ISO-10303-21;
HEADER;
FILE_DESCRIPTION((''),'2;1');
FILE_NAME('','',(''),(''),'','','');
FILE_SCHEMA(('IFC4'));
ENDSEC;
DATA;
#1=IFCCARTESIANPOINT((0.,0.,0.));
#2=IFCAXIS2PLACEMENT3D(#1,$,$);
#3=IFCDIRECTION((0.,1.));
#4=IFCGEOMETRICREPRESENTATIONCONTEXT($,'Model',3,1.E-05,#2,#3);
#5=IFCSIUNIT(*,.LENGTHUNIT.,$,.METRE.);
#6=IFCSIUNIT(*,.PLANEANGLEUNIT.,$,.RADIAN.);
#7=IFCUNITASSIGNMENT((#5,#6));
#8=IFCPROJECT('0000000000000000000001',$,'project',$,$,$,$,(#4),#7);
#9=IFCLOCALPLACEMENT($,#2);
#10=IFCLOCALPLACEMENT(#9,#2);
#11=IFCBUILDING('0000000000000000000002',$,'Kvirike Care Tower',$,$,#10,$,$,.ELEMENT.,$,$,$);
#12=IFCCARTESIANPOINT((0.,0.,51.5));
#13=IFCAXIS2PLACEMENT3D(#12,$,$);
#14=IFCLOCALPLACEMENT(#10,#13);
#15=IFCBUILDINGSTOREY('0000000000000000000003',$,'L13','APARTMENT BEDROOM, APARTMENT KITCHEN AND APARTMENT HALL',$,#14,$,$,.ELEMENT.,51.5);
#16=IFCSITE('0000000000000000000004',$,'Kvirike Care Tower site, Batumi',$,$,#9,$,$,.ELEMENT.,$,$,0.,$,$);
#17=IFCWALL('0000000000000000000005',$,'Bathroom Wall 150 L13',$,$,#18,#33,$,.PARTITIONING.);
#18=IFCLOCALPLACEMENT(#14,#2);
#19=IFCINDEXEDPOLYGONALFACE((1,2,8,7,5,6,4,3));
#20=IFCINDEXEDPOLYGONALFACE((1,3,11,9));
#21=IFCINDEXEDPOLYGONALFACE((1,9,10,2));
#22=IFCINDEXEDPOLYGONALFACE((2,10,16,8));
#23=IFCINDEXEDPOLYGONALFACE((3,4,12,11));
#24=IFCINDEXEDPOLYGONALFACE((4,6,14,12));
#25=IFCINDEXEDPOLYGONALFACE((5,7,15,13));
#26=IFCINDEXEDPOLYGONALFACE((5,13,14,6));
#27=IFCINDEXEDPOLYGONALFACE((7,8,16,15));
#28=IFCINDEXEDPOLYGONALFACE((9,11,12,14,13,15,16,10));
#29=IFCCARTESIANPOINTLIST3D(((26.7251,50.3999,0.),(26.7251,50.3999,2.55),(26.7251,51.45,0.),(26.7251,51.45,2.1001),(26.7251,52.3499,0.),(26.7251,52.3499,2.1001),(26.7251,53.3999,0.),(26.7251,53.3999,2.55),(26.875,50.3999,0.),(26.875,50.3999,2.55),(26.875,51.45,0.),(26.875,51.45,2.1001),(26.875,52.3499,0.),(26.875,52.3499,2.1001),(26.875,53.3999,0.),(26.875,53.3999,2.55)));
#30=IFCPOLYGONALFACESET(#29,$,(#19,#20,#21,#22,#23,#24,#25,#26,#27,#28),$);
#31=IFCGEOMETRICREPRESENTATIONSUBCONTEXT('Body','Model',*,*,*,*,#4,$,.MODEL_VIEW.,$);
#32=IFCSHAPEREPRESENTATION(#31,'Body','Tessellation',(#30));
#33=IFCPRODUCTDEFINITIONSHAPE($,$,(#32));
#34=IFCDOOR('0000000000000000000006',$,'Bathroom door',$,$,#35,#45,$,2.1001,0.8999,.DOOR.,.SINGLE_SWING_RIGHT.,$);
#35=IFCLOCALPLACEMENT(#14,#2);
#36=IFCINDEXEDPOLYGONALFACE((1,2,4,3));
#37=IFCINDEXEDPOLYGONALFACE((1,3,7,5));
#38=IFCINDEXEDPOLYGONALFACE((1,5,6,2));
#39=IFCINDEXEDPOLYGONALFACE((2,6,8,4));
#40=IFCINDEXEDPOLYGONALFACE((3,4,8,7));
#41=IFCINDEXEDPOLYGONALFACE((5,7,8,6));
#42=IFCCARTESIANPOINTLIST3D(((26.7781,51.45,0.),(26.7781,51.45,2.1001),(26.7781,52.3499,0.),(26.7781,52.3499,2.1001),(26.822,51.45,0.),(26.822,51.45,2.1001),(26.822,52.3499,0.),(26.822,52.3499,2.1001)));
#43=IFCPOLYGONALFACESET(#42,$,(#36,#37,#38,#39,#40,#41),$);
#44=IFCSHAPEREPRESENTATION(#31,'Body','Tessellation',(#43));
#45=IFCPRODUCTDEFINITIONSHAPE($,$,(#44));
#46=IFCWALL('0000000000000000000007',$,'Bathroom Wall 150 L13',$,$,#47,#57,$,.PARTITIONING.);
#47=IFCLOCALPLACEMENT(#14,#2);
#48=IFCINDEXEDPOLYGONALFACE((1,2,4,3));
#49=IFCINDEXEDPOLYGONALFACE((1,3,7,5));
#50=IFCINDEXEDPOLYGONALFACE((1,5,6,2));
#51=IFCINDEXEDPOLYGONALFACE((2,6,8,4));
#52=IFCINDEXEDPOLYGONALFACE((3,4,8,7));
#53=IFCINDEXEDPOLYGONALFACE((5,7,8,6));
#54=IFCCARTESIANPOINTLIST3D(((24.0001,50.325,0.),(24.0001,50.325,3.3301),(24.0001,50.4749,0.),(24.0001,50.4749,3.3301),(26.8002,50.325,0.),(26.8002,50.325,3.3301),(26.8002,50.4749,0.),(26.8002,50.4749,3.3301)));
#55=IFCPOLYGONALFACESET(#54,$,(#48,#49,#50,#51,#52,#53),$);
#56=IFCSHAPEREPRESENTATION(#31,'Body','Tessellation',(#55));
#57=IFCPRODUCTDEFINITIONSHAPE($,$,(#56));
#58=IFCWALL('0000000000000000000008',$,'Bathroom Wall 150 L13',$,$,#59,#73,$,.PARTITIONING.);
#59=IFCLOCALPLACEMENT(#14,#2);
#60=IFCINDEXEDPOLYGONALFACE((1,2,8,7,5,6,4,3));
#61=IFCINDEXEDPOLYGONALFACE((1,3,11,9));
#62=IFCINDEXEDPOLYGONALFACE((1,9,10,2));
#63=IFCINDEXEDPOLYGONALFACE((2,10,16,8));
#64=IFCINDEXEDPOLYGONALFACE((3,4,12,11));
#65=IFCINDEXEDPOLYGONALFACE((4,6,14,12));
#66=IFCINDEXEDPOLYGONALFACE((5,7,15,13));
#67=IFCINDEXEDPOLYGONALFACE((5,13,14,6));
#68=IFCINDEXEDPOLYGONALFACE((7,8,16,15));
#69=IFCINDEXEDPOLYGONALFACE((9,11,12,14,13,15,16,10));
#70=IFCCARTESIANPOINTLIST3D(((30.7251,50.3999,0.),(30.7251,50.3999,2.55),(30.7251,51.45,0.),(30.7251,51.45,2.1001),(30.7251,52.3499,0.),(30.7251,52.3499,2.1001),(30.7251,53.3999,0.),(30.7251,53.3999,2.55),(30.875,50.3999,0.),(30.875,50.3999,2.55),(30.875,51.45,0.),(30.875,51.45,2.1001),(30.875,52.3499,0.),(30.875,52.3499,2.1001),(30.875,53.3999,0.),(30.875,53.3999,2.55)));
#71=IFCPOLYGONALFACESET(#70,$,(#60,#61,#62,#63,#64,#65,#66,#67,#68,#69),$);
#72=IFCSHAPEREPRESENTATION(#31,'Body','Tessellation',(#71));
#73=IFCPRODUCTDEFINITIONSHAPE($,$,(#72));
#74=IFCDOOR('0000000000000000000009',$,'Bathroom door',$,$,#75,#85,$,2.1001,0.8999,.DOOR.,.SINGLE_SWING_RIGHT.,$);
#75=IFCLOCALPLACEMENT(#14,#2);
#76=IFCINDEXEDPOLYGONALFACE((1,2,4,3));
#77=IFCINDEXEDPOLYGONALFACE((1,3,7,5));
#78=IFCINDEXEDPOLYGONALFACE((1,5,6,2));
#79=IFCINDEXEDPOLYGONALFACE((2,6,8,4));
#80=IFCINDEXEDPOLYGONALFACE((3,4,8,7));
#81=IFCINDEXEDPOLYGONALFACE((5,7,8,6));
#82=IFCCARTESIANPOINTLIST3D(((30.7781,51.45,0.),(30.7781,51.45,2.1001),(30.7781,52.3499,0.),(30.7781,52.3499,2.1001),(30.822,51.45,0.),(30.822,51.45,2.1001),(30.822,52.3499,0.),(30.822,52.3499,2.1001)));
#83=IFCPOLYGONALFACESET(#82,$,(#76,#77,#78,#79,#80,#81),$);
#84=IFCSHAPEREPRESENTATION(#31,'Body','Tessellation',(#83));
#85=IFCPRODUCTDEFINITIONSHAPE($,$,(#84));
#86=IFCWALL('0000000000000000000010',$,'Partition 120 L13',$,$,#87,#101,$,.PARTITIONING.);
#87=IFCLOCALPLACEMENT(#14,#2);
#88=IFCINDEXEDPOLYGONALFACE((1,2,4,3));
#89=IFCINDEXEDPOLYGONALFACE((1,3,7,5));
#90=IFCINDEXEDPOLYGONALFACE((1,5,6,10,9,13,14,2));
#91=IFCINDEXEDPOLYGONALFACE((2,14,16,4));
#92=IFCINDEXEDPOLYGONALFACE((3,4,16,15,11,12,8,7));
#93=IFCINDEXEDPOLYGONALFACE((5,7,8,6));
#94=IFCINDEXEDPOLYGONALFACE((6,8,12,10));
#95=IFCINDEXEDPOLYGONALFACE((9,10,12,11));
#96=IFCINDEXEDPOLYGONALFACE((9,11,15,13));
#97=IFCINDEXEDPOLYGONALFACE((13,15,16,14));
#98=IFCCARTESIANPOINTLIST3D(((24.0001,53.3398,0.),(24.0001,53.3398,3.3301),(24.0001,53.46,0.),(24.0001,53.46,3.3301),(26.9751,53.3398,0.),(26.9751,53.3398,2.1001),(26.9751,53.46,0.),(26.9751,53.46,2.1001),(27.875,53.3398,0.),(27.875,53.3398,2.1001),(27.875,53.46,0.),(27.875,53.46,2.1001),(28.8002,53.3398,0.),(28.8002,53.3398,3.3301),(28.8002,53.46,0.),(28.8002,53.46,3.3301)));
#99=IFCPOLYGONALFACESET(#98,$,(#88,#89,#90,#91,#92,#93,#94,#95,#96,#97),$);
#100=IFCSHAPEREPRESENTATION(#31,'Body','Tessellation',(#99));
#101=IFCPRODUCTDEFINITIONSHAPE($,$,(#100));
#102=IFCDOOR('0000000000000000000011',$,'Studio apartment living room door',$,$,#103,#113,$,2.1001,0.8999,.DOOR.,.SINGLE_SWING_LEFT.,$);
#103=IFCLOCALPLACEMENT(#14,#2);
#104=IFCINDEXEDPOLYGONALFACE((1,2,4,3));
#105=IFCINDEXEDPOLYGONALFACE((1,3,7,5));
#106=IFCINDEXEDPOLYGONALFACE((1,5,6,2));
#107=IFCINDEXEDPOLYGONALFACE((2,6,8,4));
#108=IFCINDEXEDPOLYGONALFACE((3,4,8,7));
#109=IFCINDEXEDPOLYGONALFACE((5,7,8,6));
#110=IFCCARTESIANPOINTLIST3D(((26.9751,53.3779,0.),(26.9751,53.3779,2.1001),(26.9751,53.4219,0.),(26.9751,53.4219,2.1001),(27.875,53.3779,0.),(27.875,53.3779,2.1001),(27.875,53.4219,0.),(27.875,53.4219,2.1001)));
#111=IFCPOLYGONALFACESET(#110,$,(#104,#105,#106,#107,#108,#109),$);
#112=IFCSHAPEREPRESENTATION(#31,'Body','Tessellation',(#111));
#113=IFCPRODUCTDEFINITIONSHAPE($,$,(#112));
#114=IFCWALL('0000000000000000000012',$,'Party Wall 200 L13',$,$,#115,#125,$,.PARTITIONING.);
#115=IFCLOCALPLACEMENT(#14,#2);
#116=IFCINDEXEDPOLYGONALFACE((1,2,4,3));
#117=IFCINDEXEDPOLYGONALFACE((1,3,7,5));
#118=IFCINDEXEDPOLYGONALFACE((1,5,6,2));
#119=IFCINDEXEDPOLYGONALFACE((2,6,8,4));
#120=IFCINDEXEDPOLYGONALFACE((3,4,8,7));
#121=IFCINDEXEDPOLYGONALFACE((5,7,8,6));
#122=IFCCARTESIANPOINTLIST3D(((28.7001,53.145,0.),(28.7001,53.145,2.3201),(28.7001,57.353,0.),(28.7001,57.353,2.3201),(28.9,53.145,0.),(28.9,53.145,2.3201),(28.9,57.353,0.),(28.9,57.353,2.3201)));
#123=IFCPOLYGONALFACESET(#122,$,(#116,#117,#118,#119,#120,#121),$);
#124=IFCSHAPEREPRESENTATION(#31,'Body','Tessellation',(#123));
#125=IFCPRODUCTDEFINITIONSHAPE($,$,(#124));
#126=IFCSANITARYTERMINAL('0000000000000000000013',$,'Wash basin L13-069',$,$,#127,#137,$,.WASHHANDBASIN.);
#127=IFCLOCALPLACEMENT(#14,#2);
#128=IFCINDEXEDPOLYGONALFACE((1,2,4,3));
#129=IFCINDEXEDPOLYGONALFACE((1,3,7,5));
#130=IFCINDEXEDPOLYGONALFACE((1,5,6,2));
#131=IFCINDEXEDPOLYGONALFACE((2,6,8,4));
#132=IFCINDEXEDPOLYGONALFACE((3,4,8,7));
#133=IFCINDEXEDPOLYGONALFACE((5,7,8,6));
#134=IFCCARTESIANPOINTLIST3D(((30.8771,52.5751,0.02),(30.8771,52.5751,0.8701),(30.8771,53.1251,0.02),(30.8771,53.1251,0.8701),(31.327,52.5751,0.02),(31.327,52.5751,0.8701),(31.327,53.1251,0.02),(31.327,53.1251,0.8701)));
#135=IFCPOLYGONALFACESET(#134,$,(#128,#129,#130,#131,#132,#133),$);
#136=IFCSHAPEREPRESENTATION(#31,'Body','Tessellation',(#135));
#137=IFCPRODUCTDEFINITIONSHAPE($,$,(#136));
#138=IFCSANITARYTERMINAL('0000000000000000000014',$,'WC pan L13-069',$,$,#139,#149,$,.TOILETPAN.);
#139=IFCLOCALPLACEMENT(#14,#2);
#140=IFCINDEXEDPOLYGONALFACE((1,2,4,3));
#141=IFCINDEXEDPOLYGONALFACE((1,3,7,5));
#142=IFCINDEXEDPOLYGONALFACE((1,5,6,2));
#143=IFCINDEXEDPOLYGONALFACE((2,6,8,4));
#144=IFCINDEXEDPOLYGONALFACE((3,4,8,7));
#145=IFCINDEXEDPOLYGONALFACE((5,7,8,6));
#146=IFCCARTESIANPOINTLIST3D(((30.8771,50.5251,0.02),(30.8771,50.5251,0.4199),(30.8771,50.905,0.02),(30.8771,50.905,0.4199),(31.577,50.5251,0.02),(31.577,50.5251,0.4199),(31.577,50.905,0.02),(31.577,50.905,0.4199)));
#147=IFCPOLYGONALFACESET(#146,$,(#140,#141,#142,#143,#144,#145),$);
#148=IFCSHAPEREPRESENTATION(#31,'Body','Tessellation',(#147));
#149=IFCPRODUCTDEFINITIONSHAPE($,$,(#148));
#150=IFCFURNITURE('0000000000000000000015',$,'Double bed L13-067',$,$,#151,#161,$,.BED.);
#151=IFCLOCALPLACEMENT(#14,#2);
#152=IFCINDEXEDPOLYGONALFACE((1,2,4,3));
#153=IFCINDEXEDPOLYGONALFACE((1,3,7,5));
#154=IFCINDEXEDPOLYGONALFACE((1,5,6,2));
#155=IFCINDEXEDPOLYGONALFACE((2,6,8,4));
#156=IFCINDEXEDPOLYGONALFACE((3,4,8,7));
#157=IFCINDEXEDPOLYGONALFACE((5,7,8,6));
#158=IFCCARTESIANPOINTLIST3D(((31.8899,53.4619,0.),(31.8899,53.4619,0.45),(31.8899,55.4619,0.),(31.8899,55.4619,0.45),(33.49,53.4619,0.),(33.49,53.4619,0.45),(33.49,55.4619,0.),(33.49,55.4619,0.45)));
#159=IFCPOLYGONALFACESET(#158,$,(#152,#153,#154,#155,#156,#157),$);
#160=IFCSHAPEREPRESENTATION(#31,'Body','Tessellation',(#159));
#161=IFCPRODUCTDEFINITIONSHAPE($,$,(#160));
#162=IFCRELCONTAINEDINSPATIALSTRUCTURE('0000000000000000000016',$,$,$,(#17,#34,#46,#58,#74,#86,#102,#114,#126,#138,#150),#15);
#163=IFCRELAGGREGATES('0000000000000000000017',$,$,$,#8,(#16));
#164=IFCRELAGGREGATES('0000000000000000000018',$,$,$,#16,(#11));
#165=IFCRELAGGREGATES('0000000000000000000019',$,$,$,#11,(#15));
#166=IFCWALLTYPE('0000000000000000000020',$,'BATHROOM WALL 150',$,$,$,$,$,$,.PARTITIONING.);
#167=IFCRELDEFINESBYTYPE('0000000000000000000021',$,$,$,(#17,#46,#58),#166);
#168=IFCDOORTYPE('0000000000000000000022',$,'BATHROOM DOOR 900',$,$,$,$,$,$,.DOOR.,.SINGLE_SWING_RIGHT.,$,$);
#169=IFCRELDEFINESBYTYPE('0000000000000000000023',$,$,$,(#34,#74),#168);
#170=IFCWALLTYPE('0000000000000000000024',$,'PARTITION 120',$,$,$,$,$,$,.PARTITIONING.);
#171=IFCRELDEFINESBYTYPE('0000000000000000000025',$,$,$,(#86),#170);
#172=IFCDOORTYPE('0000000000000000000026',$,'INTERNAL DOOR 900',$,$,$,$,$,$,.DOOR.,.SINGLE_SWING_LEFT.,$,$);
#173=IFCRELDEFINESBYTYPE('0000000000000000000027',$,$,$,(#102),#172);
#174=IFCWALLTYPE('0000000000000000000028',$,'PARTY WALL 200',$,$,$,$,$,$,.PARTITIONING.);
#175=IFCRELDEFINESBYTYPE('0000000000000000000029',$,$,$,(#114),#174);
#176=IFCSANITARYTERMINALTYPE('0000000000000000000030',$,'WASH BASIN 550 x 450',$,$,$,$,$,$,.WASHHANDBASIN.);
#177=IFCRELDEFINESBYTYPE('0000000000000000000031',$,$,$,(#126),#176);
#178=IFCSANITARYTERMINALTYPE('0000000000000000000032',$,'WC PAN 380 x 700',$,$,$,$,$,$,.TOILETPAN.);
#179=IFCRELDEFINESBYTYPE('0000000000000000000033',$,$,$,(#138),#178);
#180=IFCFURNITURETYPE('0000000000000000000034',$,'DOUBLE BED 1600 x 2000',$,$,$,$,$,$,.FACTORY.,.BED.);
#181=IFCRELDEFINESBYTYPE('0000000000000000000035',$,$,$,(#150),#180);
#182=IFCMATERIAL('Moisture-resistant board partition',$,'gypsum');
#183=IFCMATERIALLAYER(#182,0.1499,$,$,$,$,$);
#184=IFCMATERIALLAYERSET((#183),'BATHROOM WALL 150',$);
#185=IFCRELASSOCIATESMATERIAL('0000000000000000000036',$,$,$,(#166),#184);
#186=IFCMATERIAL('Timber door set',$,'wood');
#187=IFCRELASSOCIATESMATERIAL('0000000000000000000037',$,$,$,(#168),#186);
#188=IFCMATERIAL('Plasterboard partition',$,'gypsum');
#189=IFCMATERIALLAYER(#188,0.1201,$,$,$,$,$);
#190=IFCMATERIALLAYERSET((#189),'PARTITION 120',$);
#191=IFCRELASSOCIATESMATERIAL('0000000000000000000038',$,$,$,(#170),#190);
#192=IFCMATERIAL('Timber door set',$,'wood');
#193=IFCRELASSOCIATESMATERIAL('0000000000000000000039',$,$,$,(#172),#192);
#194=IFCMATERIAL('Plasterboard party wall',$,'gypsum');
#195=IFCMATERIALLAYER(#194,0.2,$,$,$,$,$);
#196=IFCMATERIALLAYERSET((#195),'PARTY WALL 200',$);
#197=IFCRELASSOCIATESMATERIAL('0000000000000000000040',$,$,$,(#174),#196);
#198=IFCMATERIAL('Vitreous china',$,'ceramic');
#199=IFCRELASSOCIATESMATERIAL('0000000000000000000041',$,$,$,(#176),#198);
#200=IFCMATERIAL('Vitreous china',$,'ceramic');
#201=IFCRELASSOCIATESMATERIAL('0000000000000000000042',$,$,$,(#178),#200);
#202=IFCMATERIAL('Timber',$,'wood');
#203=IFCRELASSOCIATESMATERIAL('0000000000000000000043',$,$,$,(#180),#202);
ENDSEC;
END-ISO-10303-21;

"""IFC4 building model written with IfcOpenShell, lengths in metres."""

from ifc_helpers import new_model, si_unit, direction, frame, frame_2d, origin, origin_2d, place, context, subcontext, project, spatial, rectangle, extrude, material, layer, layer_set, type_object, element, fill, save


model = new_model("IFC4")

# Units and contexts
model_context = context("Model", 3, precision=1e-05, world=origin(), true_north=direction((0.0, 1.0)))
body_context = subcontext(model_context, "Body", "Model", "MODEL_VIEW")
ifc_project = project(units=[si_unit("LENGTHUNIT", "METRE"), si_unit("PLANEANGLEUNIT", "RADIAN")], contexts=[model_context])

# Site, building, storey
site_placement = place(None, origin())
site = spatial("IfcSite", under=ifc_project, at=site_placement, Name="Kvirike Care Tower site, Batumi", CompositionType="ELEMENT", RefElevation=0.0)
building_placement = place(site_placement, origin())
building = spatial("IfcBuilding", under=site, at=building_placement, Name="Kvirike Care Tower", CompositionType="ELEMENT")
storey_placement = place(building_placement, frame((0.0, 0.0, 51.5)))
storey = spatial("IfcBuildingStorey", under=building, at=storey_placement, Name="L13", Description="APARTMENT BEDROOM, APARTMENT KITCHEN AND APARTMENT HALL", CompositionType="ELEMENT", Elevation=51.5)

# Wall, opening, door
ifc_material_1 = material(Name="Moisture-resistant board partition", Category="gypsum")
ifc_layer_1 = layer(ifc_material_1, 0.1499)
ifc_layer_set_1 = layer_set([ifc_layer_1], Name="BATHROOM WALL 150")
wall_type_1 = type_object("IfcWallType", Name="BATHROOM WALL 150", PredefinedType="PARTITIONING", material=ifc_layer_set_1)
wall_1_placement = place(storey_placement, frame((26.8, 53.3999, 0.0), z_axis=(0.0, 0.0, 1.0), x_axis=(0.0, -1.0, 0.0)))
wall_1 = element("IfcWall", 1, at=wall_1_placement, inside=storey, type_object=wall_type_1, Name="Bathroom Wall 150 L13", PredefinedType="PARTITIONING", context=body_context, shape_type="SweptSolid", body=[
    extrude(rectangle(XDim=3.0, YDim=0.1499, at=frame_2d((1.5, 0.0))), origin(), (0.0, 0.0, 1.0), 2.55),
])
opening_1_placement = place(wall_1_placement, frame((1.05, 0.0, 0.0)))
opening_1 = element("IfcOpeningElement", 2, at=opening_1_placement, cuts=wall_1, PredefinedType="OPENING", context=body_context, shape_type="SweptSolid", body=[
    extrude(rectangle(XDim=0.8999, YDim=2.1001, at=frame_2d((0.45, 1.05))), frame((0.0, 0.0854, 0.0), z_axis=(0.0, -1.0, 0.0), x_axis=(1.0, 0.0, 0.0)), (0.0, 0.0, 1.0), 0.1709),
])
ifc_material_2 = material(Name="Timber door set", Category="wood")
door_type_1 = type_object("IfcDoorType", Name="BATHROOM DOOR 900", OperationType="SINGLE_SWING_RIGHT", PredefinedType="DOOR", material=ifc_material_2)
door_1_placement = place(opening_1_placement, frame((0.8999, 0.0, 0.0), z_axis=(0.0, 0.0, 1.0), x_axis=(-1.0, 0.0, 0.0)))
door_1 = element("IfcDoor", 3, at=door_1_placement, inside=storey, type_object=door_type_1, Name="Bathroom door", OperationType="SINGLE_SWING_RIGHT", OverallHeight=2.1001, OverallWidth=0.8999, PredefinedType="DOOR", context=body_context, shape_type="SweptSolid", body=[
    extrude(rectangle(XDim=0.8999, YDim=2.1001, at=frame_2d((0.45, 1.05))), frame((0.0, 0.022, 0.0), z_axis=(0.0, -1.0, 0.0), x_axis=(1.0, 0.0, 0.0)), (0.0, 0.0, 1.0), 0.0439),
])
fill(opening_1, door_1)

# Wall
wall_2_placement = place(storey_placement, frame((26.8, 50.3999, 0.0), z_axis=(0.0, 0.0, 1.0), x_axis=(-1.0, 0.0, 0.0)))
element("IfcWall", 4, at=wall_2_placement, inside=storey, type_object=wall_type_1, Name="Bathroom Wall 150 L13", PredefinedType="PARTITIONING", context=body_context, shape_type="SweptSolid", body=[
    extrude(rectangle(XDim=2.8, YDim=0.1499, at=frame_2d((1.3999, 0.0))), origin(), (0.0, 0.0, 1.0), 3.3301),
])

# Walls, openings, doors
wall_3_placement = place(storey_placement, frame((30.8, 53.3999, 0.0), z_axis=(0.0, 0.0, 1.0), x_axis=(0.0, -1.0, 0.0)))
wall_3 = element("IfcWall", 5, at=wall_3_placement, inside=storey, type_object=wall_type_1, Name="Bathroom Wall 150 L13", PredefinedType="PARTITIONING", context=body_context, shape_type="SweptSolid", body=[
    extrude(rectangle(XDim=3.0, YDim=0.1499, at=frame_2d((1.5, 0.0))), origin(), (0.0, 0.0, 1.0), 2.55),
])
opening_2_placement = place(wall_3_placement, frame((1.05, 0.0, 0.0)))
opening_2 = element("IfcOpeningElement", 6, at=opening_2_placement, cuts=wall_3, PredefinedType="OPENING", context=body_context, shape_type="SweptSolid", body=[
    extrude(rectangle(XDim=0.8999, YDim=2.1001, at=frame_2d((0.45, 1.05))), frame((0.0, 0.0854, 0.0), z_axis=(0.0, -1.0, 0.0), x_axis=(1.0, 0.0, 0.0)), (0.0, 0.0, 1.0), 0.1709),
])
door_2_placement = place(opening_2_placement, origin())
door_2 = element("IfcDoor", 7, at=door_2_placement, inside=storey, type_object=door_type_1, Name="Bathroom door", OperationType="SINGLE_SWING_RIGHT", OverallHeight=2.1001, OverallWidth=0.8999, PredefinedType="DOOR", context=body_context, shape_type="SweptSolid", body=[
    extrude(rectangle(XDim=0.8999, YDim=2.1001, at=frame_2d((0.45, 1.05))), frame((0.0, 0.022, 0.0), z_axis=(0.0, -1.0, 0.0), x_axis=(1.0, 0.0, 0.0)), (0.0, 0.0, 1.0), 0.0439),
])
fill(opening_2, door_2)
ifc_material_3 = material(Name="Plasterboard partition", Category="gypsum")
ifc_layer_2 = layer(ifc_material_3, 0.1201)
ifc_layer_set_2 = layer_set([ifc_layer_2], Name="PARTITION 120")
wall_type_2 = type_object("IfcWallType", Name="PARTITION 120", PredefinedType="PARTITIONING", material=ifc_layer_set_2)
wall_4_placement = place(storey_placement, frame((28.8, 53.3999, 0.0), z_axis=(0.0, 0.0, 1.0), x_axis=(-1.0, 0.0, 0.0)))
wall_4 = element("IfcWall", 8, at=wall_4_placement, inside=storey, type_object=wall_type_2, Name="Partition 120 L13", PredefinedType="PARTITIONING", context=body_context, shape_type="SweptSolid", body=[
    extrude(rectangle(XDim=4.8, YDim=0.1201, at=frame_2d((2.3999, 0.0))), origin(), (0.0, 0.0, 1.0), 3.3301),
])
opening_3_placement = place(wall_4_placement, frame((0.925, 0.0, 0.0)))
opening_3 = element("IfcOpeningElement", 9, at=opening_3_placement, cuts=wall_4, PredefinedType="OPENING", context=body_context, shape_type="SweptSolid", body=[
    extrude(rectangle(XDim=0.8999, YDim=2.1001, at=frame_2d((0.45, 1.05))), frame((0.0, 0.0706, 0.0), z_axis=(0.0, -1.0, 0.0), x_axis=(1.0, 0.0, 0.0)), (0.0, 0.0, 1.0), 0.1411),
])
ifc_material_4 = material(Name="Timber door set", Category="wood")
door_type_2 = type_object("IfcDoorType", Name="INTERNAL DOOR 900", OperationType="SINGLE_SWING_LEFT", PredefinedType="DOOR", material=ifc_material_4)
door_3_placement = place(opening_3_placement, frame((0.8999, 0.0, 0.0), z_axis=(0.0, 0.0, 1.0), x_axis=(-1.0, 0.0, 0.0)))
door_3 = element("IfcDoor", 10, at=door_3_placement, inside=storey, type_object=door_type_2, Name="Studio apartment living room door", OperationType="SINGLE_SWING_LEFT", OverallHeight=2.1001, OverallWidth=0.8999, PredefinedType="DOOR", context=body_context, shape_type="SweptSolid", body=[
    extrude(rectangle(XDim=0.8999, YDim=2.1001, at=frame_2d((0.45, 1.05))), frame((0.0, 0.022, 0.0), z_axis=(0.0, -1.0, 0.0), x_axis=(1.0, 0.0, 0.0)), (0.0, 0.0, 1.0), 0.0439),
])
fill(opening_3, door_3)

# Wall
ifc_material_5 = material(Name="Plasterboard party wall", Category="gypsum")
ifc_layer_3 = layer(ifc_material_5, 0.2)
ifc_layer_set_3 = layer_set([ifc_layer_3], Name="PARTY WALL 200")
wall_type_3 = type_object("IfcWallType", Name="PARTY WALL 200", PredefinedType="PARTITIONING", material=ifc_layer_set_3)
wall_5_placement = place(storey_placement, frame((28.8, 53.145, 0.0), z_axis=(0.0, 0.0, 1.0), x_axis=(0.0, 1.0, 0.0)))
element("IfcWall", 11, at=wall_5_placement, inside=storey, type_object=wall_type_3, Name="Party Wall 200 L13", PredefinedType="PARTITIONING", context=body_context, shape_type="SweptSolid", body=[
    extrude(rectangle(XDim=4.208, YDim=0.2, at=frame_2d((2.104, 0.0))), origin(), (0.0, 0.0, 1.0), 2.3201),
])

# Sanitary terminals
ifc_material_6 = material(Name="Vitreous china", Category="ceramic")
sanitary_terminal_type_1 = type_object("IfcSanitaryTerminalType", Name="WASH BASIN 550 x 450", PredefinedType="WASHHANDBASIN", material=ifc_material_6)
sanitary_terminal_1_placement = place(storey_placement, frame((31.1021, 52.8501, 0.02), z_axis=(0.0, 0.0, 1.0), x_axis=(0.0, 1.0, 0.0)))
element("IfcSanitaryTerminal", 12, at=sanitary_terminal_1_placement, inside=storey, type_object=sanitary_terminal_type_1, Name="Wash basin L13-069", PredefinedType="WASHHANDBASIN", context=body_context, shape_type="SweptSolid", body=[
    extrude(rectangle(XDim=0.55, YDim=0.45, at=origin_2d()), origin(), (0.0, 0.0, 1.0), 0.8501),
])
ifc_material_7 = material(Name="Vitreous china", Category="ceramic")
sanitary_terminal_type_2 = type_object("IfcSanitaryTerminalType", Name="WC PAN 380 x 700", PredefinedType="TOILETPAN", material=ifc_material_7)
sanitary_terminal_2_placement = place(storey_placement, frame((31.2271, 50.7151, 0.02), z_axis=(0.0, 0.0, 1.0), x_axis=(0.0, 1.0, 0.0)))
element("IfcSanitaryTerminal", 13, at=sanitary_terminal_2_placement, inside=storey, type_object=sanitary_terminal_type_2, Name="WC pan L13-069", PredefinedType="TOILETPAN", context=body_context, shape_type="SweptSolid", body=[
    extrude(rectangle(XDim=0.3799, YDim=0.7, at=origin_2d()), origin(), (0.0, 0.0, 1.0), 0.3999),
])

# Furniture
ifc_material_8 = material(Name="Timber", Category="wood")
furniture_type = type_object("IfcFurnitureType", Name="DOUBLE BED 1600 x 2000", AssemblyPlace="FACTORY", PredefinedType="BED", material=ifc_material_8)
furniture_placement = place(storey_placement, frame((32.6899, 54.4619, 0.0), z_axis=(0.0, 0.0, 1.0), x_axis=(-1.0, 0.0, 0.0)))
element("IfcFurniture", 14, at=furniture_placement, inside=storey, type_object=furniture_type, Name="Double bed L13-067", PredefinedType="BED", context=body_context, shape_type="SweptSolid", body=[
    extrude(rectangle(XDim=1.6001, YDim=2.0, at=origin_2d()), origin(), (0.0, 0.0, 1.0), 0.45),
])

save(model, "model.ifc")
